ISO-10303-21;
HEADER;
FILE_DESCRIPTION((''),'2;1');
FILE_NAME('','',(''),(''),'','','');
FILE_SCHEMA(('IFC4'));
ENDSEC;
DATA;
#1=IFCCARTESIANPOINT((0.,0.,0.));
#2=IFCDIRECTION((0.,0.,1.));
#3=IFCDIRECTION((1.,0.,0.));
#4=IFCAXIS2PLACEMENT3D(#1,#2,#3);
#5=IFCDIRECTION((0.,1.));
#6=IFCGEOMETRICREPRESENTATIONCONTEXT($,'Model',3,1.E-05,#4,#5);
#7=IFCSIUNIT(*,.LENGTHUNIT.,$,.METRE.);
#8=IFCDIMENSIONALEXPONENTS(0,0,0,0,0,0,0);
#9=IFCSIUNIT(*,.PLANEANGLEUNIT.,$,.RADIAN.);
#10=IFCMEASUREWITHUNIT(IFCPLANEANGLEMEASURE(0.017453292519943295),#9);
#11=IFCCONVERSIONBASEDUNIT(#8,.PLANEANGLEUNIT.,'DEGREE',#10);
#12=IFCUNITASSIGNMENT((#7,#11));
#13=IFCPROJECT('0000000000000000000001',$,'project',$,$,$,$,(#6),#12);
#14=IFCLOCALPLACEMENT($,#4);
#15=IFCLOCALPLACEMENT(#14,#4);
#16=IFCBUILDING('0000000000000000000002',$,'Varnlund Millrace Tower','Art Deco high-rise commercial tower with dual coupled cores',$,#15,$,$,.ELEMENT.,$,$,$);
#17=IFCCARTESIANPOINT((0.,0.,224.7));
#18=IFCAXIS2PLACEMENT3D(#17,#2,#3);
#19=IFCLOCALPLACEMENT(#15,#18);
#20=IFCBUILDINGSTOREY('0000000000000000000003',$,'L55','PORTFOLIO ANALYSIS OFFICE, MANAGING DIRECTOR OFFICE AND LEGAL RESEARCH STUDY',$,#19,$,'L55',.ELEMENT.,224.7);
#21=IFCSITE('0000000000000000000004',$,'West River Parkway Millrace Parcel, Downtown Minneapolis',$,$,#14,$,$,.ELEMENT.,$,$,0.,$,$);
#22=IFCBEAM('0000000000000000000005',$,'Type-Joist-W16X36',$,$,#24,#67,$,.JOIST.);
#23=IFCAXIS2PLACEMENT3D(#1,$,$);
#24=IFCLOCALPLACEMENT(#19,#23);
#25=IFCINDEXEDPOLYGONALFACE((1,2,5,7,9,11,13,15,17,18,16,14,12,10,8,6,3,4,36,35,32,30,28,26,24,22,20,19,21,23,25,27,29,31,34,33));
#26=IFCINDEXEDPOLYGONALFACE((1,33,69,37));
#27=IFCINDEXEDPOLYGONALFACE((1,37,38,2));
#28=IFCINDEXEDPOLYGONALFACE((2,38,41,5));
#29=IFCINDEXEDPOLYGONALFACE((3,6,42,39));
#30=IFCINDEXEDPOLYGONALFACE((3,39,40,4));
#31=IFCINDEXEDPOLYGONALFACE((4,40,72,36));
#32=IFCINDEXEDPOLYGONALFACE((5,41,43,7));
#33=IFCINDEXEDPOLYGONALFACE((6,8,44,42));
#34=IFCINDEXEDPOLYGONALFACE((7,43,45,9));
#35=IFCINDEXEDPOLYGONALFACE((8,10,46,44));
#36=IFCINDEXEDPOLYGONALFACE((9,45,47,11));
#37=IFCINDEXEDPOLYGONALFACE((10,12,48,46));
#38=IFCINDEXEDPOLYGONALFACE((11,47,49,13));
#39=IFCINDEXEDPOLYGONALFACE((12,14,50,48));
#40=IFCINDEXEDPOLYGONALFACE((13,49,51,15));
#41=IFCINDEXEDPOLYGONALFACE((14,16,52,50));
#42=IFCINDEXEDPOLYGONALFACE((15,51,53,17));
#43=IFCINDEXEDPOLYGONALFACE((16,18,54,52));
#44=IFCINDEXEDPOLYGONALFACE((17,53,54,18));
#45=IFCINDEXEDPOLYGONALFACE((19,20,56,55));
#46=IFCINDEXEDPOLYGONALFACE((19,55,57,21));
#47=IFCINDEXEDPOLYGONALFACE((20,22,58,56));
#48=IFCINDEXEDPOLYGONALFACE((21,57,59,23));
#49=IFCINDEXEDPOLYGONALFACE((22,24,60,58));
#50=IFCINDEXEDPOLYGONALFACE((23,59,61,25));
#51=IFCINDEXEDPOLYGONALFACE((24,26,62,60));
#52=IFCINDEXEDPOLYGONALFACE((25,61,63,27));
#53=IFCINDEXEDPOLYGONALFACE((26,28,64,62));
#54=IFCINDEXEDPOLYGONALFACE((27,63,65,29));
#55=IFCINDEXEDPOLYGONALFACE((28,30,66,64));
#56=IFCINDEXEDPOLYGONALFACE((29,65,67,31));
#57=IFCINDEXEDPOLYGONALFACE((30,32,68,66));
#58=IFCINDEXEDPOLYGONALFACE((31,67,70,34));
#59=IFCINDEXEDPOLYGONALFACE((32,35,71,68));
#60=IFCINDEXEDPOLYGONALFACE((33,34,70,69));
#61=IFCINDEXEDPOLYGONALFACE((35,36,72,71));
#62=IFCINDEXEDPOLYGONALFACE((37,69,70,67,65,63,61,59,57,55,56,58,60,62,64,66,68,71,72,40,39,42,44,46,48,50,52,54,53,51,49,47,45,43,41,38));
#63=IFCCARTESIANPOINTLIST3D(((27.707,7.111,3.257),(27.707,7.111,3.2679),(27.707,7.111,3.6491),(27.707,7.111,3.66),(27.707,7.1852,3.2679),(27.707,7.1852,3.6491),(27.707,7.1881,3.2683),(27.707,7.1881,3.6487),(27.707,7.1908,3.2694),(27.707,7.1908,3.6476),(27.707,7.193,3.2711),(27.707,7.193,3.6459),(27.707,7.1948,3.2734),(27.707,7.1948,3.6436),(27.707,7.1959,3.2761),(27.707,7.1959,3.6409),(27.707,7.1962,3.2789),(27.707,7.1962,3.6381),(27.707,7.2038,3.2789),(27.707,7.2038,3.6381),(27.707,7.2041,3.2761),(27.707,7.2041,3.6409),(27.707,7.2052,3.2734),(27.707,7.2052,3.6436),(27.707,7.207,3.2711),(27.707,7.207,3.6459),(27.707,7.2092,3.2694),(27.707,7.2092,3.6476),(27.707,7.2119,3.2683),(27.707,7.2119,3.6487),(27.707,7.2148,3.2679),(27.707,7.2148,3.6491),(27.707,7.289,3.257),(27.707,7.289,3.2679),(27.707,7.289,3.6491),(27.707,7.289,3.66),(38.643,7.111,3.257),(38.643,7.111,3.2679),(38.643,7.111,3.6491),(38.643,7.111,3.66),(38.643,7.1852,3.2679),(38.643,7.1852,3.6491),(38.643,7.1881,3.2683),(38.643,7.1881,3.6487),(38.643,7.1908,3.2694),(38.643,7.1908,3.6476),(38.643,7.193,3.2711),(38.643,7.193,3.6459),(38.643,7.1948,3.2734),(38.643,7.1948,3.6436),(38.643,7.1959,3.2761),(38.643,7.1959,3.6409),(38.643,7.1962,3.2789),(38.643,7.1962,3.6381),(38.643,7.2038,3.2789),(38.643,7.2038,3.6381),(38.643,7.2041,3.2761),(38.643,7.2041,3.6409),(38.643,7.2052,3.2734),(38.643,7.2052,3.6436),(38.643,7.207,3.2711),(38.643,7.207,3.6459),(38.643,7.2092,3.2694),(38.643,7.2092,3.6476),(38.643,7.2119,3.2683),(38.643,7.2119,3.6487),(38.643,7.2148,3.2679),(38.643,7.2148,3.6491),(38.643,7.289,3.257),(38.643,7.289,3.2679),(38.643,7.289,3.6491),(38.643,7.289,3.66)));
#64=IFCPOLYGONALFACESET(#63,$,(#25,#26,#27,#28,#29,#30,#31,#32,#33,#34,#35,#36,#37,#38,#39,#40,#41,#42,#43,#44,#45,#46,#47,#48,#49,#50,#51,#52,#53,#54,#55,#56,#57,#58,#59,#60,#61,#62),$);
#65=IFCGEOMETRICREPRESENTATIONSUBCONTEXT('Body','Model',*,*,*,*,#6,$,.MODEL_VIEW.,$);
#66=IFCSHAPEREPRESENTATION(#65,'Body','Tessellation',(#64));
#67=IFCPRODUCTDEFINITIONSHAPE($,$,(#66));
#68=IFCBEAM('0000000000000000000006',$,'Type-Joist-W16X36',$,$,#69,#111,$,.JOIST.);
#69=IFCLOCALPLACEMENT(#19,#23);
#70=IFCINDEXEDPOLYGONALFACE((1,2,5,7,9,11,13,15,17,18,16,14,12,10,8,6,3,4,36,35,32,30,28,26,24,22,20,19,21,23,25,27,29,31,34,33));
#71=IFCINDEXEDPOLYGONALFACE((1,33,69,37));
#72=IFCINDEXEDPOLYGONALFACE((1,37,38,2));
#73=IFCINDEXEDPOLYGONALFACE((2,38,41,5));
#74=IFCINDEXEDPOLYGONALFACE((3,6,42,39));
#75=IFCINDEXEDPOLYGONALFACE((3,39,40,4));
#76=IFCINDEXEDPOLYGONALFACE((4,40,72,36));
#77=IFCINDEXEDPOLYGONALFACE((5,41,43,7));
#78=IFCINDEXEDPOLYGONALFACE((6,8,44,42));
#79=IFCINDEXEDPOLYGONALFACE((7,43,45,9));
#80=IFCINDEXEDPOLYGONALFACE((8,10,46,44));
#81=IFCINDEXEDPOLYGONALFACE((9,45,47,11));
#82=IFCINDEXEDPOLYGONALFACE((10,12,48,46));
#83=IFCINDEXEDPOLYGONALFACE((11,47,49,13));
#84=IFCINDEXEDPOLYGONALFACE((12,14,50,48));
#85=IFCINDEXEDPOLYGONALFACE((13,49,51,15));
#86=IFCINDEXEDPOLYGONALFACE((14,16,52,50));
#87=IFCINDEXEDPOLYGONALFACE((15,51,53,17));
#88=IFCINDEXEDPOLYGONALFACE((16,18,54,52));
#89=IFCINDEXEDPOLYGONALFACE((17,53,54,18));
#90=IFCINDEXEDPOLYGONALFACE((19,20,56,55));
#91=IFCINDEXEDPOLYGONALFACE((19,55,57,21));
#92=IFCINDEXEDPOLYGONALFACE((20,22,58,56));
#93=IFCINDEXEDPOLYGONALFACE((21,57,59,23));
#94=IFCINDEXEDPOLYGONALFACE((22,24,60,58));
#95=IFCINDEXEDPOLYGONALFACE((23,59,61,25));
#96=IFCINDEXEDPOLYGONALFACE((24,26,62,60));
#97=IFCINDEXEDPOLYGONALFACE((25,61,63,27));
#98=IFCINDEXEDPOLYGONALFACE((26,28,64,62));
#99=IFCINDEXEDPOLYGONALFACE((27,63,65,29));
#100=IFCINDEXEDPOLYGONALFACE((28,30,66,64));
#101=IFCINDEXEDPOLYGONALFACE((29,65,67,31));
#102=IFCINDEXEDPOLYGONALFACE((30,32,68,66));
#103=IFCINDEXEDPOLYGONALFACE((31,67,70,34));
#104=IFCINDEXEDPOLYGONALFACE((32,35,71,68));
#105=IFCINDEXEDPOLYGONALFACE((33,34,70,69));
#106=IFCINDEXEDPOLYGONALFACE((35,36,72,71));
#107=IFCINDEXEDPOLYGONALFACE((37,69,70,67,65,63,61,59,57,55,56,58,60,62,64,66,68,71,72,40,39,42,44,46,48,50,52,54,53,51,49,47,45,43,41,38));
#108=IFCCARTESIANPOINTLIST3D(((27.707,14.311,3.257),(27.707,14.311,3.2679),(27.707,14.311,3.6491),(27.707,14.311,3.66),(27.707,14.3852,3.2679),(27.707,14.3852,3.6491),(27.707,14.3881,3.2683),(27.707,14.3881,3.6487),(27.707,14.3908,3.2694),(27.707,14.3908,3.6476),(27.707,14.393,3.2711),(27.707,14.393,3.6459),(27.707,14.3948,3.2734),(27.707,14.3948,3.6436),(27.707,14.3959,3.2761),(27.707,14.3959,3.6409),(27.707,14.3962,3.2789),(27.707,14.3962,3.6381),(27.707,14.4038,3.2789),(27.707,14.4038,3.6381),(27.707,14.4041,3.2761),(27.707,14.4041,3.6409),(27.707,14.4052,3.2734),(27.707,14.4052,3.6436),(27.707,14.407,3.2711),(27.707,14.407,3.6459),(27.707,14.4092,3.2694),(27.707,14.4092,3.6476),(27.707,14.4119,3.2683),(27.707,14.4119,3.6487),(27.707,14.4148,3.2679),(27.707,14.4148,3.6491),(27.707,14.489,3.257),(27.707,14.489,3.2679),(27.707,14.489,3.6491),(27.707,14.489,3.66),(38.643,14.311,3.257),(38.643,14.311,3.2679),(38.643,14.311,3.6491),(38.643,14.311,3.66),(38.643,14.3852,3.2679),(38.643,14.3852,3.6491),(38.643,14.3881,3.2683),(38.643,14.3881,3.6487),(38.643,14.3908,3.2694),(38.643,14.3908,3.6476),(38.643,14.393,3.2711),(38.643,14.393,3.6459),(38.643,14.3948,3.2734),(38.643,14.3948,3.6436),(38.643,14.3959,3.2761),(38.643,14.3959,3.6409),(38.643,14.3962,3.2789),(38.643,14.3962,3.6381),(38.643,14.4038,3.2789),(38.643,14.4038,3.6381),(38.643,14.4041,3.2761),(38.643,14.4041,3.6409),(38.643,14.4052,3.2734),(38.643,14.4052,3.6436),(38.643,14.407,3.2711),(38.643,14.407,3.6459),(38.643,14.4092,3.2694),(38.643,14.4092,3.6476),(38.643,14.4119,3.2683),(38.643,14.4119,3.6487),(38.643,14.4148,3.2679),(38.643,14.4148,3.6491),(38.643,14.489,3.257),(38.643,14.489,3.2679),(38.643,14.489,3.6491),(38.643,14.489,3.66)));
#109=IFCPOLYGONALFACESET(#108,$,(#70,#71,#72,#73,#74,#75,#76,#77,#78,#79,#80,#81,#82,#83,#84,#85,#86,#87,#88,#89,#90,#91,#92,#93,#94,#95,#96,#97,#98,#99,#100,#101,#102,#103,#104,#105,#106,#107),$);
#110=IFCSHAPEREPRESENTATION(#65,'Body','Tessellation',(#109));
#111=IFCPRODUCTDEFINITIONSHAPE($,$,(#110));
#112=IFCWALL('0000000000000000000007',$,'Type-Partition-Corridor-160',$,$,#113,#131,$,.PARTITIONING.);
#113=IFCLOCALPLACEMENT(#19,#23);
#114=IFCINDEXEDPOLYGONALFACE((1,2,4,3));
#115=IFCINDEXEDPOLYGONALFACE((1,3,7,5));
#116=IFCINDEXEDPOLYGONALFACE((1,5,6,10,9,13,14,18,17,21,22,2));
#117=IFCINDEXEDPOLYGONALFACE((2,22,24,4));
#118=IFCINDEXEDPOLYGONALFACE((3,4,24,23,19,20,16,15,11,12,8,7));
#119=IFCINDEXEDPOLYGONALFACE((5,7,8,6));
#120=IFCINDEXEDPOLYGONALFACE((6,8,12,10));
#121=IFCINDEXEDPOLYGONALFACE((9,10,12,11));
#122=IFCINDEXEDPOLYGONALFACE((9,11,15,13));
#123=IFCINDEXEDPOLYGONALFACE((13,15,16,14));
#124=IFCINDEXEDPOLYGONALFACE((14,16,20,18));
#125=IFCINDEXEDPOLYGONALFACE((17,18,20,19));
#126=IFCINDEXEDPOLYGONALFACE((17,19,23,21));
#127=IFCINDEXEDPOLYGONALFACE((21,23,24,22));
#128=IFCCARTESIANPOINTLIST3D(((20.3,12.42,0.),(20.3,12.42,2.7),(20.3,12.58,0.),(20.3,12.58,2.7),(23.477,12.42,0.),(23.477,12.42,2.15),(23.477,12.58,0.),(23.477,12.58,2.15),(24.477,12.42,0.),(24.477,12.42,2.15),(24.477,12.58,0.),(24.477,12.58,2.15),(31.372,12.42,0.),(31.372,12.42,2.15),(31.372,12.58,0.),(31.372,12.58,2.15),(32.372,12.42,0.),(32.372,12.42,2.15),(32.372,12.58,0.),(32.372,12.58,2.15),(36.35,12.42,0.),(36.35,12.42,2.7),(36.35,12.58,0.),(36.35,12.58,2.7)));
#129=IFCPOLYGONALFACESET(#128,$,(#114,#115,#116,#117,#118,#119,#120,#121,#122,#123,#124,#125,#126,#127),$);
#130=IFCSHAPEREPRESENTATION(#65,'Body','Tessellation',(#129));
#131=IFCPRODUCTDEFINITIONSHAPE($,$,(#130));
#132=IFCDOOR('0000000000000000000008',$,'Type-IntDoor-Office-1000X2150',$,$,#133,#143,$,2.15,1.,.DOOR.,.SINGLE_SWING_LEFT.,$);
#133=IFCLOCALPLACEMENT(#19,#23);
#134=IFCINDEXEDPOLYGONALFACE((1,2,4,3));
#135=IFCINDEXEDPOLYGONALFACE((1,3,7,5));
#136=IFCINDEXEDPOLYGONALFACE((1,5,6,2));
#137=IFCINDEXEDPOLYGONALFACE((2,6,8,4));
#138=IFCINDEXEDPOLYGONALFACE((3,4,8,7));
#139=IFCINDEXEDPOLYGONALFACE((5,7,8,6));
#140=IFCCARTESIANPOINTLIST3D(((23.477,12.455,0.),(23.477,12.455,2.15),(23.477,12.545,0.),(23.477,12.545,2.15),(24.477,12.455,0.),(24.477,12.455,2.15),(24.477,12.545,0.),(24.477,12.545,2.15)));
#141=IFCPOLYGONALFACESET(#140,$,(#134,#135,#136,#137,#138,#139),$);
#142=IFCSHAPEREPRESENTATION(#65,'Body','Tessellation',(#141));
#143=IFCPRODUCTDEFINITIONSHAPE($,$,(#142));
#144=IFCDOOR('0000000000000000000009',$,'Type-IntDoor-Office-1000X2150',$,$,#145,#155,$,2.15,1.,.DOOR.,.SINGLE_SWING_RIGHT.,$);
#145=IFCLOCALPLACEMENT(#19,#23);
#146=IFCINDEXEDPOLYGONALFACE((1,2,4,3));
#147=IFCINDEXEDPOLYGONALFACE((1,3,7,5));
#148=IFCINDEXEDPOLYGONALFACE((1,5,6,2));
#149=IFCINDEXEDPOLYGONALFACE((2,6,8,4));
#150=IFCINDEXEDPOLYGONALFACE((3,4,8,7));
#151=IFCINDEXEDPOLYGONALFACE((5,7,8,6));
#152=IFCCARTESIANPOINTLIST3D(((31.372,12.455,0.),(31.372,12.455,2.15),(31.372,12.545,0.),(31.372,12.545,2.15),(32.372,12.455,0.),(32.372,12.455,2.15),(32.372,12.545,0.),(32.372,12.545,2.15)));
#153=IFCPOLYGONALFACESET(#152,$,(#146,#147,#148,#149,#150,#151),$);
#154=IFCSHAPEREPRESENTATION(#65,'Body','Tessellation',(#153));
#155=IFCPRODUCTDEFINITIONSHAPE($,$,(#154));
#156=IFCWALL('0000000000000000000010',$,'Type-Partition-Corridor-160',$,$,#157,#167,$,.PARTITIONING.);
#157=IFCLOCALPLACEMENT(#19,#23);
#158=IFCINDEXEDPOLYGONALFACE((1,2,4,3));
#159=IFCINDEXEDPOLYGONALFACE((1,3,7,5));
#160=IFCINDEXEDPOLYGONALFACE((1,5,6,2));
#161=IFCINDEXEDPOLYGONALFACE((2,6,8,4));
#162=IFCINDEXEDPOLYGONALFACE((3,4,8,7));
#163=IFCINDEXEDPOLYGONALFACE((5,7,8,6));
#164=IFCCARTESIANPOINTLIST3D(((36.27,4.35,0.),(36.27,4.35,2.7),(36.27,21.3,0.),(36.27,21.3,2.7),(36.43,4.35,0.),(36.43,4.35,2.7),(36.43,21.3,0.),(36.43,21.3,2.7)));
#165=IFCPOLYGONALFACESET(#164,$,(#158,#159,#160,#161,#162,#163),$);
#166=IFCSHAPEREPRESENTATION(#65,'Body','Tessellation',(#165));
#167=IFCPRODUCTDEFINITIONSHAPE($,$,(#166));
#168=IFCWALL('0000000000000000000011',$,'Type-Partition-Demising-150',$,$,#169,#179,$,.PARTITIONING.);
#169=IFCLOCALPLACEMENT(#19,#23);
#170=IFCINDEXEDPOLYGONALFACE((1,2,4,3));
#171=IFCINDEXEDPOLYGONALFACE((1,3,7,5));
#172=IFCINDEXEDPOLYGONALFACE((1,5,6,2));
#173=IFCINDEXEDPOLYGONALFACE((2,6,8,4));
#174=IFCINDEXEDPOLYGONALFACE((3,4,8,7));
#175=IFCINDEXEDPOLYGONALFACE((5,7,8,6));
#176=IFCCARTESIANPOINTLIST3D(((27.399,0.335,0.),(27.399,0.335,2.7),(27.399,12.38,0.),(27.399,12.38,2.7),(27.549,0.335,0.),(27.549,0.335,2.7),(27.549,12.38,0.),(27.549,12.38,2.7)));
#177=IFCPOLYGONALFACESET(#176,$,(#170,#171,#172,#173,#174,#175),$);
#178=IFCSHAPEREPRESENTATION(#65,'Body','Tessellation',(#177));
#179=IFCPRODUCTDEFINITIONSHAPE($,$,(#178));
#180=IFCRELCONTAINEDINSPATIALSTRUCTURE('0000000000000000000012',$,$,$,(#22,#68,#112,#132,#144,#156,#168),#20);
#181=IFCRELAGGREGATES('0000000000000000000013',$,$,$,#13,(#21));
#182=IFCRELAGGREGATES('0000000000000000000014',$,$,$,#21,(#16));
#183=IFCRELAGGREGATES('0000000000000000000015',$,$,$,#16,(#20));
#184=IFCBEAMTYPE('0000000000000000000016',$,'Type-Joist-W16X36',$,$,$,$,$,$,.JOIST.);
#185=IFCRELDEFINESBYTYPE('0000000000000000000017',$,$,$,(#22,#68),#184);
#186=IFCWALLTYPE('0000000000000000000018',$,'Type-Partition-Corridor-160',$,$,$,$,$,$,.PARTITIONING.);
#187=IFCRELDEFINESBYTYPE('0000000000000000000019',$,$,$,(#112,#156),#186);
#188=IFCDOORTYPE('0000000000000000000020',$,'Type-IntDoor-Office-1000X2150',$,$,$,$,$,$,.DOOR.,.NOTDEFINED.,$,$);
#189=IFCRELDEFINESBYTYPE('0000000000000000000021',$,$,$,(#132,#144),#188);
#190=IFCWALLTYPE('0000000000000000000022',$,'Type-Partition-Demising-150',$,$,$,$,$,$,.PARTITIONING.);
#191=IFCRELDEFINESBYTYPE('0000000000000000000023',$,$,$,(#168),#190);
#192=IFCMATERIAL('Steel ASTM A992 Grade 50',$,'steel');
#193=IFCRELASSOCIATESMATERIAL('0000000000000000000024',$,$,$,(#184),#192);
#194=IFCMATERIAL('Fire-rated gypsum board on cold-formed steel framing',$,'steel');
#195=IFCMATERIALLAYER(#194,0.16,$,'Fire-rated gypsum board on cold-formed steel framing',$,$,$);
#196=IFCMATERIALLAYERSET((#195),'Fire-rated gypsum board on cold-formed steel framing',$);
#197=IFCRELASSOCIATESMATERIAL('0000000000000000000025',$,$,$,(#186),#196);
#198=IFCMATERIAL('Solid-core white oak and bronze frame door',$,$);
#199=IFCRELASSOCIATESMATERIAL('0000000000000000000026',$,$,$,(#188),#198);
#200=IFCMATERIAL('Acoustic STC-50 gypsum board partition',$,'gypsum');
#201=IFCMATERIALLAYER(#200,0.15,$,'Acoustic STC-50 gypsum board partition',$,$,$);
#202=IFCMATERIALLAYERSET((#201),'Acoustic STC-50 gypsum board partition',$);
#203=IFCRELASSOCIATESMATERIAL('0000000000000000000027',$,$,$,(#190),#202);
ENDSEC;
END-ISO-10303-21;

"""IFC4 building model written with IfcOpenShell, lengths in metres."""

from ifc_helpers import new_model, entity, si_unit, converted_unit, direction, frame, origin_with_axes, origin_2d_with_axis, place, context, subcontext, project, spatial, polyline, rectangle, i_section, outline, extrude, material, layer, layer_set, material_profile, profile_set, type_object, element, fill, save


model = new_model("IFC4")

# Units and contexts
model_context = context("Model", 3, precision=1e-05, world=origin_with_axes(), true_north=direction((0.0, 1.0)))
body_context = subcontext(model_context, "Body", "Model", "MODEL_VIEW")
ifc_project = project(units=[si_unit("LENGTHUNIT", "METRE"), converted_unit("PLANEANGLEUNIT", "DEGREE", entity("IfcPlaneAngleMeasure", 0.017453292519943295), si_unit("PLANEANGLEUNIT", "RADIAN"), dimensions=[0, 0, 0, 0, 0, 0, 0])], contexts=[model_context])

# Site, building, storey
site_placement = place(None, origin_with_axes())
site = spatial("IfcSite", under=ifc_project, at=site_placement, Name="West River Parkway Millrace Parcel, Downtown Minneapolis", CompositionType="ELEMENT", RefElevation=0.0)
building_placement = place(site_placement, origin_with_axes())
building = spatial("IfcBuilding", under=site, at=building_placement, Name="Varnlund Millrace Tower", Description="Art Deco high-rise commercial tower with dual coupled cores", CompositionType="ELEMENT")
storey_placement = place(building_placement, frame((0.0, 0.0, 224.7), z_axis=(0.0, 0.0, 1.0), x_axis=(1.0, 0.0, 0.0)))
storey = spatial("IfcBuildingStorey", under=building, at=storey_placement, Name="L55", Description="PORTFOLIO ANALYSIS OFFICE, MANAGING DIRECTOR OFFICE AND LEGAL RESEARCH STUDY", LongName="L55", CompositionType="ELEMENT", Elevation=224.7)

# Beams
ifc_material_1 = material(Name="Steel ASTM A992 Grade 50", Category="steel")
ifc_material_profile_1 = material_profile(ifc_material_1, i_section(OverallWidth=0.178, OverallDepth=0.403, WebThickness=0.0075, FlangeThickness=0.0109, FilletRadius=0.011, at=origin_2d_with_axis()), Name="Steel ASTM A992 Grade 50")
ifc_profile_set_1 = profile_set([ifc_material_profile_1], Name="Steel ASTM A992 Grade 50")
beam_type_1 = type_object("IfcBeamType", Name="Type-Joist-W16X36", PredefinedType="JOIST", material=ifc_profile_set_1)
for number, where, z_axis, x_axis, name in (
    (1, (27.707, 7.2, 3.4585), (1.0, 0.0, 0.0), (0.0, 1.0, 0.0), "Type-Joist-W16X36"),
    (2, (27.707, 14.4, 3.4585), (1.0, 0.0, 0.0), (0.0, 1.0, 0.0), "Type-Joist-W16X36"),
):
    element("IfcBeam", number, at=place(storey_placement, frame(where, z_axis=z_axis, x_axis=x_axis)), inside=storey, type_object=beam_type_1, Name=name, PredefinedType="JOIST", context=body_context, shape_type="SweptSolid", body=[
        extrude(i_section(OverallWidth=0.178, OverallDepth=0.403, WebThickness=0.0075, FlangeThickness=0.0109, FilletRadius=0.011, at=origin_2d_with_axis()), origin_with_axes(), (0.0, 0.0, 1.0), 10.936),
    ])

# Wall, openings, doors
ifc_material_2 = material(Name="Fire-rated gypsum board on cold-formed steel framing", Category="steel")
ifc_layer_1 = layer(ifc_material_2, 0.16, Name="Fire-rated gypsum board on cold-formed steel framing")
ifc_layer_set_1 = layer_set([ifc_layer_1], Name="Fire-rated gypsum board on cold-formed steel framing")
wall_type_1 = type_object("IfcWallType", Name="Type-Partition-Corridor-160", PredefinedType="PARTITIONING", material=ifc_layer_set_1)
wall_1_placement = place(storey_placement, frame((20.3, 12.5, 0.0), z_axis=(0.0, 0.0, 1.0), x_axis=(1.0, 0.0, 0.0)))
wall_1 = element("IfcWall", 3, at=wall_1_placement, inside=storey, type_object=wall_type_1, Name="Type-Partition-Corridor-160", PredefinedType="PARTITIONING", context=body_context, shape_type="SweptSolid", body=[
    extrude(outline(polyline([(0.0, -0.08), (16.05, -0.08), (16.05, 0.08), (0.0, 0.08), (0.0, -0.08)])), origin_with_axes(), (0.0, 0.0, 1.0), 2.7),
])
opening_1_placement = place(wall_1_placement, frame((3.677, 0.0, 0.0), z_axis=(0.0, 0.0, 1.0), x_axis=(1.0, 0.0, 0.0)))
opening_1 = element("IfcOpeningElement", 4, at=opening_1_placement, cuts=wall_1, PredefinedType="OPENING", context=body_context, shape_type="SweptSolid", body=[
    extrude(rectangle(XDim=1.0, YDim=0.18, at=origin_2d_with_axis()), origin_with_axes(), (0.0, 0.0, 1.0), 2.15),
])
opening_2_placement = place(wall_1_placement, frame((11.572, 0.0, 0.0), z_axis=(0.0, 0.0, 1.0), x_axis=(1.0, 0.0, 0.0)))
opening_2 = element("IfcOpeningElement", 5, at=opening_2_placement, cuts=wall_1, PredefinedType="OPENING", context=body_context, shape_type="SweptSolid", body=[
    extrude(rectangle(XDim=1.0, YDim=0.18, at=origin_2d_with_axis()), origin_with_axes(), (0.0, 0.0, 1.0), 2.15),
])
ifc_material_3 = material(Name="Solid-core white oak and bronze frame door")
door_type = type_object("IfcDoorType", Name="Type-IntDoor-Office-1000X2150", OperationType="NOTDEFINED", PredefinedType="DOOR", material=ifc_material_3)
door_1_placement = place(wall_1_placement, frame((3.677, 0.0, 0.0), z_axis=(0.0, 0.0, 1.0), x_axis=(1.0, 0.0, 0.0)))
door_1 = element("IfcDoor", 6, at=door_1_placement, inside=storey, type_object=door_type, Name="Type-IntDoor-Office-1000X2150", OperationType="SINGLE_SWING_LEFT", OverallHeight=2.15, OverallWidth=1.0, PredefinedType="DOOR", context=body_context, shape_type="SweptSolid", body=[
    extrude(rectangle(XDim=1.0, YDim=0.09, at=origin_2d_with_axis()), origin_with_axes(), (0.0, 0.0, 1.0), 2.15),
])
fill(opening_1, door_1)
door_2_placement = place(wall_1_placement, frame((11.572, 0.0, 0.0), z_axis=(0.0, 0.0, 1.0), x_axis=(1.0, 0.0, 0.0)))
door_2 = element("IfcDoor", 7, at=door_2_placement, inside=storey, type_object=door_type, Name="Type-IntDoor-Office-1000X2150", OperationType="SINGLE_SWING_RIGHT", OverallHeight=2.15, OverallWidth=1.0, PredefinedType="DOOR", context=body_context, shape_type="SweptSolid", body=[
    extrude(rectangle(XDim=1.0, YDim=0.09, at=origin_2d_with_axis()), origin_with_axes(), (0.0, 0.0, 1.0), 2.15),
])
fill(opening_2, door_2)

# Walls
wall_2_placement = place(storey_placement, frame((36.35, 4.35, 0.0), z_axis=(0.0, 0.0, 1.0), x_axis=(0.0, 1.0, 0.0)))
element("IfcWall", 8, at=wall_2_placement, inside=storey, type_object=wall_type_1, Name="Type-Partition-Corridor-160", PredefinedType="PARTITIONING", context=body_context, shape_type="SweptSolid", body=[
    extrude(outline(polyline([(0.0, -0.08), (16.95, -0.08), (16.95, 0.08), (0.0, 0.08), (0.0, -0.08)])), origin_with_axes(), (0.0, 0.0, 1.0), 2.7),
])
ifc_material_4 = material(Name="Acoustic STC-50 gypsum board partition", Category="gypsum")
ifc_layer_2 = layer(ifc_material_4, 0.15, Name="Acoustic STC-50 gypsum board partition")
ifc_layer_set_2 = layer_set([ifc_layer_2], Name="Acoustic STC-50 gypsum board partition")
wall_type_2 = type_object("IfcWallType", Name="Type-Partition-Demising-150", PredefinedType="PARTITIONING", material=ifc_layer_set_2)
wall_3_placement = place(storey_placement, frame((27.474, 0.335, 0.0), z_axis=(0.0, 0.0, 1.0), x_axis=(0.0, 1.0, 0.0)))
element("IfcWall", 9, at=wall_3_placement, inside=storey, type_object=wall_type_2, Name="Type-Partition-Demising-150", PredefinedType="PARTITIONING", context=body_context, shape_type="SweptSolid", body=[
    extrude(outline(polyline([(0.0, -0.075), (12.045, -0.075), (12.045, 0.075), (0.0, 0.075), (0.0, -0.075)])), origin_with_axes(), (0.0, 0.0, 1.0), 2.7),
])

save(model, "model.ifc")
